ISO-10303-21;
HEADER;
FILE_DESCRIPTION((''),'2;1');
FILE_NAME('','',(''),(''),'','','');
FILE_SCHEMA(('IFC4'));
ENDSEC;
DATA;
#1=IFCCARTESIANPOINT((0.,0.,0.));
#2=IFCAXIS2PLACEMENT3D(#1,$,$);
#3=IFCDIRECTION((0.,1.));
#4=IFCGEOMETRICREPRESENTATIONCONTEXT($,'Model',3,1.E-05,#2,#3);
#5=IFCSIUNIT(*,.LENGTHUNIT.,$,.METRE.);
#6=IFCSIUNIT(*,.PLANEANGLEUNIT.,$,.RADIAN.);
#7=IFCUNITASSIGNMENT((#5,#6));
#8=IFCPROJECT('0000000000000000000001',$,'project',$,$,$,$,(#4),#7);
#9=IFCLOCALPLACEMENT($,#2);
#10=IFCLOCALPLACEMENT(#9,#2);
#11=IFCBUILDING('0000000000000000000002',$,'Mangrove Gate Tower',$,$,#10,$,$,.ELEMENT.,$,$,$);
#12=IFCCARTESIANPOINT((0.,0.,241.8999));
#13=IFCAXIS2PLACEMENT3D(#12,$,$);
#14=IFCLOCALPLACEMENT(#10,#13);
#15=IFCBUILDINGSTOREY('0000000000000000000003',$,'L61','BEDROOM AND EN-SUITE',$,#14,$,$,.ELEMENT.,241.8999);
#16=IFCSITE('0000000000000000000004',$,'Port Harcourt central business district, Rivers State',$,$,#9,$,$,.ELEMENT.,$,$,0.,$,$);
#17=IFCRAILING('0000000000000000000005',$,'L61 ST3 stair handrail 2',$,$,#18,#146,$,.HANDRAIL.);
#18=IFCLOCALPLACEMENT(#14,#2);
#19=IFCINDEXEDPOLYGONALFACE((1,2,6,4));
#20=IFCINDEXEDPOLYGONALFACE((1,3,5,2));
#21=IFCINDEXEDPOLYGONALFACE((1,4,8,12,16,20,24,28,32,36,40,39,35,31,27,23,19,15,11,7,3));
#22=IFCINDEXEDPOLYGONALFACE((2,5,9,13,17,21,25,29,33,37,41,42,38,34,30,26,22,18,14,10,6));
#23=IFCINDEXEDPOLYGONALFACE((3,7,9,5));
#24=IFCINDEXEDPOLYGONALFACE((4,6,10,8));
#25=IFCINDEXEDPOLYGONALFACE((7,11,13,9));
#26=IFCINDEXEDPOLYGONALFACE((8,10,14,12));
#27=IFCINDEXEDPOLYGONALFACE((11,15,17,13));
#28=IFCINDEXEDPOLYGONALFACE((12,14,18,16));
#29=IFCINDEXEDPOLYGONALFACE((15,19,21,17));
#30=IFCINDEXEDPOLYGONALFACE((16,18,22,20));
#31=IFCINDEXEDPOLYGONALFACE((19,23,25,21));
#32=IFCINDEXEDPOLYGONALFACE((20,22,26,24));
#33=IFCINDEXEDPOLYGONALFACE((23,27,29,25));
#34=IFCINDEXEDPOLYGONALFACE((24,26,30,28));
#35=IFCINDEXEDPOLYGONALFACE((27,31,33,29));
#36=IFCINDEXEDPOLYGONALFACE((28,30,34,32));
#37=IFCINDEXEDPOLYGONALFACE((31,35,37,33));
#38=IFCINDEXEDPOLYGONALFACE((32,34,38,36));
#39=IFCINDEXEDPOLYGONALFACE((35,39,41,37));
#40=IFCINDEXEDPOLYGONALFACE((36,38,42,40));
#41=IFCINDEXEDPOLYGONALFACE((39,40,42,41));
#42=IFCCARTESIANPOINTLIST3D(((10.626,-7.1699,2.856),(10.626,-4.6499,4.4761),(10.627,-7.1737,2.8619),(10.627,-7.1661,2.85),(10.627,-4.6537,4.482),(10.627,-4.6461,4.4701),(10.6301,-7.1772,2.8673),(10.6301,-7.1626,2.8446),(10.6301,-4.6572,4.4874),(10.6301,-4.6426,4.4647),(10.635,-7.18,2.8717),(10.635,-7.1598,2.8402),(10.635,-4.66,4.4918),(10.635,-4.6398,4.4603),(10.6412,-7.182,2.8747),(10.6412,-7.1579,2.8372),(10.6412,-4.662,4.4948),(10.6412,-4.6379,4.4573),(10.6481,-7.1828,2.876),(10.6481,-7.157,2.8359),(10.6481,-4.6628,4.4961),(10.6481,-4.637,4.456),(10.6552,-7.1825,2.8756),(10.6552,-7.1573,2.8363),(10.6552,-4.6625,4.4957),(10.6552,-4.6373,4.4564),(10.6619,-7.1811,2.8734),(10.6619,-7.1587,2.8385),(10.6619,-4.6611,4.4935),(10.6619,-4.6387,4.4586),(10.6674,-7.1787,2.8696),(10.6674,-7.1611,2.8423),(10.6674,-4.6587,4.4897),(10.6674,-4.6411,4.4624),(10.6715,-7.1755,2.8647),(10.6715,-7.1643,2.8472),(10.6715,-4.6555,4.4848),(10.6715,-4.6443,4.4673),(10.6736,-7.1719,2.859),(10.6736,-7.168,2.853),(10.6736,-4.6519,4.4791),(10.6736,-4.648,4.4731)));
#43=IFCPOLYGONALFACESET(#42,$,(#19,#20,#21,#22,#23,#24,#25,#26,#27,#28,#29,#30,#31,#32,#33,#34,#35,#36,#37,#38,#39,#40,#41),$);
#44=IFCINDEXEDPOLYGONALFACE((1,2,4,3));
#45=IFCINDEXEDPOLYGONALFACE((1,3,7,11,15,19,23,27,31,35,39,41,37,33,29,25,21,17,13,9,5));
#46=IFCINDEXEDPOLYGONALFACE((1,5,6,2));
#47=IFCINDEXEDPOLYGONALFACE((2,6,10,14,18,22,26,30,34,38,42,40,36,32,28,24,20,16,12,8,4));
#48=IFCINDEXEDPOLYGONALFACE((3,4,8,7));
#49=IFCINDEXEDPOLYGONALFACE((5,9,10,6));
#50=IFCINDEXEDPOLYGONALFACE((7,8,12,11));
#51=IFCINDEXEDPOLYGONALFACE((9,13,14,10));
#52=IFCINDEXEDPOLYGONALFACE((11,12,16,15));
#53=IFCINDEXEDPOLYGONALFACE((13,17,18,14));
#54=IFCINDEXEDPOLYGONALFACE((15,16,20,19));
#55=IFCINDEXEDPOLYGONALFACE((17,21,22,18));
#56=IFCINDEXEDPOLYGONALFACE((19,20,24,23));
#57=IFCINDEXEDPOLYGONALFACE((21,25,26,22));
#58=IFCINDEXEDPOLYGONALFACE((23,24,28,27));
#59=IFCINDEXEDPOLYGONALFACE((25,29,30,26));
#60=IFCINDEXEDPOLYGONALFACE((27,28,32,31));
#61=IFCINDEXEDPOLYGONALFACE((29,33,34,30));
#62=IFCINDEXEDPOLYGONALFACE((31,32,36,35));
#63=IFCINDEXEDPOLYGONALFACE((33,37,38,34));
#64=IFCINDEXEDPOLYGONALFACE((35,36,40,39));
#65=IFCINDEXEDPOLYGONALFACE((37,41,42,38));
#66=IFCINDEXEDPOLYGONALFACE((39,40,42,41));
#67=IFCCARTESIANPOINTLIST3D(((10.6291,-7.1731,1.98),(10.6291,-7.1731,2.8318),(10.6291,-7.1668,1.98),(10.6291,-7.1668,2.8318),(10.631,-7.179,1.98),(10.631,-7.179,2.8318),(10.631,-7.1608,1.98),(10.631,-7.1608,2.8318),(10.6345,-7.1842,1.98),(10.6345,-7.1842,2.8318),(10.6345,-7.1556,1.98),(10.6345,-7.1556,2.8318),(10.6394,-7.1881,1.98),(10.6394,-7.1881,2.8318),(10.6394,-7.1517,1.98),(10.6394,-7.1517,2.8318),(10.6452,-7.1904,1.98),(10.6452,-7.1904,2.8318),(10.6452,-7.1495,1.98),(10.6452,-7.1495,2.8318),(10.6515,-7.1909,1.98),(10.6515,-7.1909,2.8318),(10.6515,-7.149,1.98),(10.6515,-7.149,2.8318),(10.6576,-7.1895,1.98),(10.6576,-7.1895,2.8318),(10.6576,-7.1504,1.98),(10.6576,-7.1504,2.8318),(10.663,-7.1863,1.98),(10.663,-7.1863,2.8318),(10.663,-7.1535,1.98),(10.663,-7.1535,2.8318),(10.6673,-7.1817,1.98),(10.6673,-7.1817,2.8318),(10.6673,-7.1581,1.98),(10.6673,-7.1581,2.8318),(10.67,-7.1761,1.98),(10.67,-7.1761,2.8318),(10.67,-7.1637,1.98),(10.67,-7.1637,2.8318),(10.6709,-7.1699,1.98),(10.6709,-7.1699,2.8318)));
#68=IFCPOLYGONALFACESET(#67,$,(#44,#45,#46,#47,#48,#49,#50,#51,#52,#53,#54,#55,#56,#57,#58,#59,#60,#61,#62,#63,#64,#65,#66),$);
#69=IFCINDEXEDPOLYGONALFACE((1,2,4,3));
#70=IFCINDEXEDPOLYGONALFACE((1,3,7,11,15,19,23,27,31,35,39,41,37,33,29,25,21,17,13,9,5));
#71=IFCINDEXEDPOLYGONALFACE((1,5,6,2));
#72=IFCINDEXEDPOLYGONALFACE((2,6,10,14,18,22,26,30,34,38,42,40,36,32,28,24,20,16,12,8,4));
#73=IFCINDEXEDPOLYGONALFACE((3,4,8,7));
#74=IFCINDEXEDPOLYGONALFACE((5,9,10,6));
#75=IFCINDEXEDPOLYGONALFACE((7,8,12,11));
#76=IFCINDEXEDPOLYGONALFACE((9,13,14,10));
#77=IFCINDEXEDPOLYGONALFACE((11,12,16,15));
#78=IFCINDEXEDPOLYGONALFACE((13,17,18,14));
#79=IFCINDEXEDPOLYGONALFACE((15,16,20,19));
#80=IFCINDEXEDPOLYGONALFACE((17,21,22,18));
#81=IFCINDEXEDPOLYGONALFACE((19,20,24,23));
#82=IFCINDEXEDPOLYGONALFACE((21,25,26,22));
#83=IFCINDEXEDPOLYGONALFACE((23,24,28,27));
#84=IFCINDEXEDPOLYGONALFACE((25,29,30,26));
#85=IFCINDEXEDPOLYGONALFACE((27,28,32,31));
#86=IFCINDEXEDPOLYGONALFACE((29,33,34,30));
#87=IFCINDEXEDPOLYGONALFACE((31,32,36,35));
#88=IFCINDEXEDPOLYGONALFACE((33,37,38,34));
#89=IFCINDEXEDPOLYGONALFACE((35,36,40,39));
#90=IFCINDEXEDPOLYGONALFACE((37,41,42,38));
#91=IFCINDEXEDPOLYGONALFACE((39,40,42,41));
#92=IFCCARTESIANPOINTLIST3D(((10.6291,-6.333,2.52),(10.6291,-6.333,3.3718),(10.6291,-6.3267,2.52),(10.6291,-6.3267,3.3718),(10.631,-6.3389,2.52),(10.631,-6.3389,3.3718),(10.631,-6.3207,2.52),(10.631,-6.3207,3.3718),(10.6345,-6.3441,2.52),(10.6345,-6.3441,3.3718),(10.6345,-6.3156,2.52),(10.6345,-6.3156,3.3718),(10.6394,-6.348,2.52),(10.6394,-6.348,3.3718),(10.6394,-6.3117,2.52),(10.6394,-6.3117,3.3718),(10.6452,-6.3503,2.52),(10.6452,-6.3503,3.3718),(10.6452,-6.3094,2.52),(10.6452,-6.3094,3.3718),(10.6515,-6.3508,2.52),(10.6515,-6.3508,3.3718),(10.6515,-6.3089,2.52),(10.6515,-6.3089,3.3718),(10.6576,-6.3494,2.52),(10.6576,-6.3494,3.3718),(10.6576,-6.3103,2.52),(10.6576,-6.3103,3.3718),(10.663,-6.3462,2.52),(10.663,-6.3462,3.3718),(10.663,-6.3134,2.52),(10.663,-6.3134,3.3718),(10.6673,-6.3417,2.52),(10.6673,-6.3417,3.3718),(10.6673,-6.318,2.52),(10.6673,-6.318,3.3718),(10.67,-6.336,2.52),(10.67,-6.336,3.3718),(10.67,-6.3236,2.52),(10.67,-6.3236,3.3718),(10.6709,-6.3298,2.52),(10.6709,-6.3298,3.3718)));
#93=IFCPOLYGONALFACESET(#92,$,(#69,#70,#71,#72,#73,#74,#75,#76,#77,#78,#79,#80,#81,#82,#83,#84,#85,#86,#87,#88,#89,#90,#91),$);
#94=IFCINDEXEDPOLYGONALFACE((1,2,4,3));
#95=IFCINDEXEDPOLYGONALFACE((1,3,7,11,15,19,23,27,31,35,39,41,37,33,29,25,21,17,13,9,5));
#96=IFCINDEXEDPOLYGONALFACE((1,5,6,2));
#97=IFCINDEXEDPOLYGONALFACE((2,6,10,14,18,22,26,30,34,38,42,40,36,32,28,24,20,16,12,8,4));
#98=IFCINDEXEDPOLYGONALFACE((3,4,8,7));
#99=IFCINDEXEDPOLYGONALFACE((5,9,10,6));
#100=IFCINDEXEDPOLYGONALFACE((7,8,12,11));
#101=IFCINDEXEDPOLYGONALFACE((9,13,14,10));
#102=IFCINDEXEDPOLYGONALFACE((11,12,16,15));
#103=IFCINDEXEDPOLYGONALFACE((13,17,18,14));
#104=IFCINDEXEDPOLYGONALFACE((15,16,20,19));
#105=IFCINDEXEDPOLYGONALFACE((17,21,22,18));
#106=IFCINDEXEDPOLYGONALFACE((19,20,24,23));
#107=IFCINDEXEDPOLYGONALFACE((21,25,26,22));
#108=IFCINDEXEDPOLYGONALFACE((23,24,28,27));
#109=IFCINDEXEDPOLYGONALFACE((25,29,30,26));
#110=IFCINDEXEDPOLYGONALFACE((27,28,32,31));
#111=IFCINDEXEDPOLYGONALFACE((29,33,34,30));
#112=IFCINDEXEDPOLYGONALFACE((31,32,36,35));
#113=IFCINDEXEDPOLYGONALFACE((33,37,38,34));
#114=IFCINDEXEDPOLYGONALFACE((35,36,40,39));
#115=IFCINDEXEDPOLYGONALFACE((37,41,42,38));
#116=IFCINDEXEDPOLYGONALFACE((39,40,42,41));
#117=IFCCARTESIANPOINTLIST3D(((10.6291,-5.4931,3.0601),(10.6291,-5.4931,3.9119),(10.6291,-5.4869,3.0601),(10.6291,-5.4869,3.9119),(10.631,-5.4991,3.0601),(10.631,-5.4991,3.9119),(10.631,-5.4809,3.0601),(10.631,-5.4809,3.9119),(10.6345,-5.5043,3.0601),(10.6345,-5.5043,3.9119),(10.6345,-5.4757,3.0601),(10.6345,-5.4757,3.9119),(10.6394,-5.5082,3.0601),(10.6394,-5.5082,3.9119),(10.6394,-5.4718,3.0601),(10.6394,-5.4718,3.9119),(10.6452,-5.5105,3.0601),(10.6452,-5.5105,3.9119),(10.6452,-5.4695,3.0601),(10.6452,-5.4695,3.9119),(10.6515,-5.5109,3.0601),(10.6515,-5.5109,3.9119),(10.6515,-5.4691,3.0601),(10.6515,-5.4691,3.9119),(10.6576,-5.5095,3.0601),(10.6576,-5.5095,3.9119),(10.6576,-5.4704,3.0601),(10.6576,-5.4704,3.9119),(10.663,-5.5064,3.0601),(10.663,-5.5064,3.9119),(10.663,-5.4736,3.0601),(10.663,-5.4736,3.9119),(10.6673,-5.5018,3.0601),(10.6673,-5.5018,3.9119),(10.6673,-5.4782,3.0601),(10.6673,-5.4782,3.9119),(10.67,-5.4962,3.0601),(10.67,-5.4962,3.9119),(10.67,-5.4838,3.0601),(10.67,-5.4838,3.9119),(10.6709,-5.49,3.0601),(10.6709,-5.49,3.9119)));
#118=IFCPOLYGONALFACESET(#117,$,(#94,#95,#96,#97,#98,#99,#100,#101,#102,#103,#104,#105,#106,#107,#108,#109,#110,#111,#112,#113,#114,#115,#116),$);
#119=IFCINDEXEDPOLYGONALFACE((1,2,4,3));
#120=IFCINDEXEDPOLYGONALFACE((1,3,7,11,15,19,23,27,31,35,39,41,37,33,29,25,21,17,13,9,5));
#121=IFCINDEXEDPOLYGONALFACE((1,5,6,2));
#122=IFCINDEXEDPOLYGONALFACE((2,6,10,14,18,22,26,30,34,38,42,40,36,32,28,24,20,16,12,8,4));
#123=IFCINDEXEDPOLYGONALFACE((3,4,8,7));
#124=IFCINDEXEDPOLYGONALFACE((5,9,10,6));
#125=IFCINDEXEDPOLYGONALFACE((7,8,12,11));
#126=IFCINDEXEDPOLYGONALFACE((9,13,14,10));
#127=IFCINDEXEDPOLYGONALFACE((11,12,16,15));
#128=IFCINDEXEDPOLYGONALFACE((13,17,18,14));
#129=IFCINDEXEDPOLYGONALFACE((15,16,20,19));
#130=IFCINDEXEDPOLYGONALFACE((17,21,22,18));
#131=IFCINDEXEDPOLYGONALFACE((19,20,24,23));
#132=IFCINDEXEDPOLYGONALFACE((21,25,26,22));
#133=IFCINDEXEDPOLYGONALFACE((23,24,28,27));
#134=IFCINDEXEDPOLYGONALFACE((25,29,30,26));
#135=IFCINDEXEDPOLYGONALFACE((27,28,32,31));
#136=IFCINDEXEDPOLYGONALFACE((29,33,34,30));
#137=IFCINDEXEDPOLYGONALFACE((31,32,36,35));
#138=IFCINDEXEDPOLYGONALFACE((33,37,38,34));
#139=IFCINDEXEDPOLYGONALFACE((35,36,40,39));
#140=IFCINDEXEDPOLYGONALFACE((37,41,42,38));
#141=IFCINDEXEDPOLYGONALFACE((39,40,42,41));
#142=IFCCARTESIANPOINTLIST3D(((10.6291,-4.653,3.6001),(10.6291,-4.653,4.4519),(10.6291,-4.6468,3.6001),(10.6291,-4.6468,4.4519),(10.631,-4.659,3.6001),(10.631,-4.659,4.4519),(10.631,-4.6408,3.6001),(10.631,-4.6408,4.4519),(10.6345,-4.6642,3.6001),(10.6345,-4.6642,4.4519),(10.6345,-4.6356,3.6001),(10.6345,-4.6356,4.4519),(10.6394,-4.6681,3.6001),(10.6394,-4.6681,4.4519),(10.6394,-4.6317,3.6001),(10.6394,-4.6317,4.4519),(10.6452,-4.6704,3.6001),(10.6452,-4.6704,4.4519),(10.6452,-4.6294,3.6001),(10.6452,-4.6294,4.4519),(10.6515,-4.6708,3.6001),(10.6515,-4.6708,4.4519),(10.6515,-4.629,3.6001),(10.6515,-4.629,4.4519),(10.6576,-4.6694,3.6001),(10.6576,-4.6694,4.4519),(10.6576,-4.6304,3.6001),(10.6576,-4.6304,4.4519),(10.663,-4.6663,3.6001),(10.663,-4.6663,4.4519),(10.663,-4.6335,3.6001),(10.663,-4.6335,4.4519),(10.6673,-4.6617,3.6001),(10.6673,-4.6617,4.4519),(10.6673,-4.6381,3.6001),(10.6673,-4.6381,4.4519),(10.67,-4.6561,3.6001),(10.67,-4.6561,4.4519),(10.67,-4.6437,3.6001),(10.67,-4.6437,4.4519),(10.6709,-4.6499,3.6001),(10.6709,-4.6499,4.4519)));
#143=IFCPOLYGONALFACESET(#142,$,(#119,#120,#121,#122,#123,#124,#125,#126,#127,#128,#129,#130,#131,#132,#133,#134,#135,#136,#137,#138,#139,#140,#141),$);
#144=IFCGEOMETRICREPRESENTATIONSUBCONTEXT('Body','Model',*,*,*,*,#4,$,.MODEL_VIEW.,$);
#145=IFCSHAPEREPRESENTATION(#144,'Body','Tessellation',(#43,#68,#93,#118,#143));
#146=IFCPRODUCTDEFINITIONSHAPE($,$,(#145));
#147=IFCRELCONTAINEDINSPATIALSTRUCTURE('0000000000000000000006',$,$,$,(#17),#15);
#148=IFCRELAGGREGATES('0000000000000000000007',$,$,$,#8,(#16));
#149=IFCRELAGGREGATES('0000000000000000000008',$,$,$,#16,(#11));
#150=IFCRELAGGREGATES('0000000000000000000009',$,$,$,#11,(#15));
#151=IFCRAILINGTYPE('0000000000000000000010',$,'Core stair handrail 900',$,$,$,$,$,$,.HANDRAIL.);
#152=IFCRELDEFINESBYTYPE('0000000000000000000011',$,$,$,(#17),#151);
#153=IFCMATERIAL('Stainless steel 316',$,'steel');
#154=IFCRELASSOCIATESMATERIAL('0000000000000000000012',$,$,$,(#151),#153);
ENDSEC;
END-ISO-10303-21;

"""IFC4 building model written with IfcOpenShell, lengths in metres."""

from ifc_helpers import new_model, si_unit, direction, frame, origin, origin_2d, place, context, subcontext, project, spatial, circle, extrude, material, type_object, element, save


model = new_model("IFC4")

# Units and contexts
model_context = context("Model", 3, precision=1e-05, world=origin(), true_north=direction((0.0, 1.0)))
body_context = subcontext(model_context, "Body", "Model", "MODEL_VIEW")
ifc_project = project(units=[si_unit("LENGTHUNIT", "METRE"), si_unit("PLANEANGLEUNIT", "RADIAN")], contexts=[model_context])

# Site, building, storey
site_placement = place(None, origin())
site = spatial("IfcSite", under=ifc_project, at=site_placement, Name="Port Harcourt central business district, Rivers State", CompositionType="ELEMENT", RefElevation=0.0)
building_placement = place(site_placement, origin())
building = spatial("IfcBuilding", under=site, at=building_placement, Name="Mangrove Gate Tower", CompositionType="ELEMENT")
storey_placement = place(building_placement, frame((0.0, 0.0, 241.8999)))
storey = spatial("IfcBuildingStorey", under=building, at=storey_placement, Name="L61", Description="BEDROOM AND EN-SUITE", CompositionType="ELEMENT", Elevation=241.8999)

# Railing
ifc_material_1 = material(Name="Stainless steel 316", Category="steel")
railing_type_1 = type_object("IfcRailingType", Name="Core stair handrail 900", PredefinedType="HANDRAIL", material=ifc_material_1)
railing_1_placement = place(storey_placement, frame((10.6499, -7.1699, 1.98)))
element("IfcRailing", 1, at=railing_1_placement, inside=storey, type_object=railing_type_1, Name="L61 ST3 stair handrail 2", PredefinedType="HANDRAIL", context=body_context, shape_type="SweptSolid", body=[
    extrude(circle(Radius=0.0239, at=origin_2d()), frame((0.0, 0.0, 0.876), z_axis=(0.0, 0.841163, 0.540782), x_axis=(-1.0, 0.0, 0.0)), (0.0, 0.0, 1.0), 2.9958),
    extrude(circle(Radius=0.021, at=origin_2d()), origin(), (0.0, 0.0, 1.0), 0.8518),
    extrude(circle(Radius=0.021, at=origin_2d()), frame((0.0, 0.8401, 0.54)), (0.0, 0.0, 1.0), 0.8518),
    extrude(circle(Radius=0.021, at=origin_2d()), frame((0.0, 1.6799, 1.0801)), (0.0, 0.0, 1.0), 0.8518),
    extrude(circle(Radius=0.021, at=origin_2d()), frame((0.0, 2.52, 1.6201)), (0.0, 0.0, 1.0), 0.8518),
])

save(model, "model.ifc")
